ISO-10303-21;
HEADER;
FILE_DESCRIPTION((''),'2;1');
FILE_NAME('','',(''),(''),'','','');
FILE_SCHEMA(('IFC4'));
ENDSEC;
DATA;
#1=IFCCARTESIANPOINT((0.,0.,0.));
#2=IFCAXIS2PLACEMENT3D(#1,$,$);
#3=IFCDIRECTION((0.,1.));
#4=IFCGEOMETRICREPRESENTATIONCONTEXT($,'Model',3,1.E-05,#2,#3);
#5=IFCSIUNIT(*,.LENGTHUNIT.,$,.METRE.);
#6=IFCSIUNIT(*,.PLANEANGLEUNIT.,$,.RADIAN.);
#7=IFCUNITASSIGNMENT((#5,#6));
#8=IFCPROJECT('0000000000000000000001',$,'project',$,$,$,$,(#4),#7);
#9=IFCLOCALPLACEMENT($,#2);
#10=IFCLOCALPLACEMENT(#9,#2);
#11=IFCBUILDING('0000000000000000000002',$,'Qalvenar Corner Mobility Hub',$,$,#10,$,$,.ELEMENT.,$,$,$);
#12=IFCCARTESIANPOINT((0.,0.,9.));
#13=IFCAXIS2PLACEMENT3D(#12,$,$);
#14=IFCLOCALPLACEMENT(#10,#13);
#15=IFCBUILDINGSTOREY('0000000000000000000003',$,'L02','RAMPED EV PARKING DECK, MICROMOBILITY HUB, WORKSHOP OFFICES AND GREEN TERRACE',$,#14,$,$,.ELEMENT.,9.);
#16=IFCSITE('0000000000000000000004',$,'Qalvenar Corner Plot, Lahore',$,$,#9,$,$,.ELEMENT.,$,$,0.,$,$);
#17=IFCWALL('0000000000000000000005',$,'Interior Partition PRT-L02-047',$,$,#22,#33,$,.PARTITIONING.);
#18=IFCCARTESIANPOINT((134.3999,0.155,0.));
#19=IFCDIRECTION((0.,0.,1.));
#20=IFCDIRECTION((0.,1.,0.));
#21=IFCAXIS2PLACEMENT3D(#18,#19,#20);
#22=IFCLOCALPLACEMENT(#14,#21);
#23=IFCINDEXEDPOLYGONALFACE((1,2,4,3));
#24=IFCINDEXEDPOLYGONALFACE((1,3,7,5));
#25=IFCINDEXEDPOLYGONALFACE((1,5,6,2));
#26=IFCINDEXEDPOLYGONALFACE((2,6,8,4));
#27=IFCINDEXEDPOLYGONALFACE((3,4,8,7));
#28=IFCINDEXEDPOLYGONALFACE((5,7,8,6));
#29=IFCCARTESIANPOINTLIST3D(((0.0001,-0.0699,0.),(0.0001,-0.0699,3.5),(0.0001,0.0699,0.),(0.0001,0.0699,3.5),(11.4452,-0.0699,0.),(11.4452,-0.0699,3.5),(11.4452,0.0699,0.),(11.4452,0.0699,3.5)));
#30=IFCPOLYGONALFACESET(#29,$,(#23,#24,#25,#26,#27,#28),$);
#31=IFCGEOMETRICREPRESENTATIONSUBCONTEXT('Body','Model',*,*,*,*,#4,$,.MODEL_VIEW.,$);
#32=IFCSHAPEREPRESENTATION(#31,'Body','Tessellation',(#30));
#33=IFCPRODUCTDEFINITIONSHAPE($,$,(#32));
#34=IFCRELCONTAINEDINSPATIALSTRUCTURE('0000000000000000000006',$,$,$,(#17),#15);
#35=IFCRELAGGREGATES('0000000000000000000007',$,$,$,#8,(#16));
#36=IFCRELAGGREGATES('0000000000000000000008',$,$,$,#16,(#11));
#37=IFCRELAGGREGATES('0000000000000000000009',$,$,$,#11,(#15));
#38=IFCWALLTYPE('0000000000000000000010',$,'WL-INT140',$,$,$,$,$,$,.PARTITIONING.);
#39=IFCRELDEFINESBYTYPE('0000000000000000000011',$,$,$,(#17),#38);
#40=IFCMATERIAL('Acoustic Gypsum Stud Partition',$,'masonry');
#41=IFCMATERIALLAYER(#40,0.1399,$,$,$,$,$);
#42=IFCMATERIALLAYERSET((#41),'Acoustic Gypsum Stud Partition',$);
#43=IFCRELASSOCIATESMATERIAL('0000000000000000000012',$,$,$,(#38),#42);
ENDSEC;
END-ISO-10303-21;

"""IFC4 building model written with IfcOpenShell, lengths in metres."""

from ifc_helpers import new_model, si_unit, direction, frame, frame_2d, origin, place, context, subcontext, project, spatial, rectangle, extrude, material, layer, layer_set, type_object, element, save


model = new_model("IFC4")

# Units and contexts
model_context = context("Model", 3, precision=1e-05, world=origin(), true_north=direction((0.0, 1.0)))
body_context = subcontext(model_context, "Body", "Model", "MODEL_VIEW")
ifc_project = project(units=[si_unit("LENGTHUNIT", "METRE"), si_unit("PLANEANGLEUNIT", "RADIAN")], contexts=[model_context])

# Site, building, storey
site_placement = place(None, origin())
site = spatial("IfcSite", under=ifc_project, at=site_placement, Name="Qalvenar Corner Plot, Lahore", CompositionType="ELEMENT", RefElevation=0.0)
building_placement = place(site_placement, origin())
building = spatial("IfcBuilding", under=site, at=building_placement, Name="Qalvenar Corner Mobility Hub", CompositionType="ELEMENT")
storey_placement = place(building_placement, frame((0.0, 0.0, 9.0)))
storey = spatial("IfcBuildingStorey", under=building, at=storey_placement, Name="L02", Description="RAMPED EV PARKING DECK, MICROMOBILITY HUB, WORKSHOP OFFICES AND GREEN TERRACE", CompositionType="ELEMENT", Elevation=9.0)

# Wall
ifc_material_1 = material(Name="Acoustic Gypsum Stud Partition", Category="masonry")
ifc_layer_1 = layer(ifc_material_1, 0.1399)
ifc_layer_set_1 = layer_set([ifc_layer_1], Name="Acoustic Gypsum Stud Partition")
wall_type = type_object("IfcWallType", Name="WL-INT140", PredefinedType="PARTITIONING", material=ifc_layer_set_1)
wall_1_placement = place(storey_placement, frame((134.3999, 0.155, 0.0), z_axis=(0.0, 0.0, 1.0), x_axis=(0.0, 1.0, 0.0)))
element("IfcWall", 1, at=wall_1_placement, inside=storey, type_object=wall_type, Name="Interior Partition PRT-L02-047", PredefinedType="PARTITIONING", context=body_context, shape_type="SweptSolid", body=[
    extrude(rectangle(XDim=11.4451, YDim=0.1399, at=frame_2d((5.7227, 0.0))), origin(), (0.0, 0.0, 1.0), 3.5),
])

save(model, "model.ifc")
